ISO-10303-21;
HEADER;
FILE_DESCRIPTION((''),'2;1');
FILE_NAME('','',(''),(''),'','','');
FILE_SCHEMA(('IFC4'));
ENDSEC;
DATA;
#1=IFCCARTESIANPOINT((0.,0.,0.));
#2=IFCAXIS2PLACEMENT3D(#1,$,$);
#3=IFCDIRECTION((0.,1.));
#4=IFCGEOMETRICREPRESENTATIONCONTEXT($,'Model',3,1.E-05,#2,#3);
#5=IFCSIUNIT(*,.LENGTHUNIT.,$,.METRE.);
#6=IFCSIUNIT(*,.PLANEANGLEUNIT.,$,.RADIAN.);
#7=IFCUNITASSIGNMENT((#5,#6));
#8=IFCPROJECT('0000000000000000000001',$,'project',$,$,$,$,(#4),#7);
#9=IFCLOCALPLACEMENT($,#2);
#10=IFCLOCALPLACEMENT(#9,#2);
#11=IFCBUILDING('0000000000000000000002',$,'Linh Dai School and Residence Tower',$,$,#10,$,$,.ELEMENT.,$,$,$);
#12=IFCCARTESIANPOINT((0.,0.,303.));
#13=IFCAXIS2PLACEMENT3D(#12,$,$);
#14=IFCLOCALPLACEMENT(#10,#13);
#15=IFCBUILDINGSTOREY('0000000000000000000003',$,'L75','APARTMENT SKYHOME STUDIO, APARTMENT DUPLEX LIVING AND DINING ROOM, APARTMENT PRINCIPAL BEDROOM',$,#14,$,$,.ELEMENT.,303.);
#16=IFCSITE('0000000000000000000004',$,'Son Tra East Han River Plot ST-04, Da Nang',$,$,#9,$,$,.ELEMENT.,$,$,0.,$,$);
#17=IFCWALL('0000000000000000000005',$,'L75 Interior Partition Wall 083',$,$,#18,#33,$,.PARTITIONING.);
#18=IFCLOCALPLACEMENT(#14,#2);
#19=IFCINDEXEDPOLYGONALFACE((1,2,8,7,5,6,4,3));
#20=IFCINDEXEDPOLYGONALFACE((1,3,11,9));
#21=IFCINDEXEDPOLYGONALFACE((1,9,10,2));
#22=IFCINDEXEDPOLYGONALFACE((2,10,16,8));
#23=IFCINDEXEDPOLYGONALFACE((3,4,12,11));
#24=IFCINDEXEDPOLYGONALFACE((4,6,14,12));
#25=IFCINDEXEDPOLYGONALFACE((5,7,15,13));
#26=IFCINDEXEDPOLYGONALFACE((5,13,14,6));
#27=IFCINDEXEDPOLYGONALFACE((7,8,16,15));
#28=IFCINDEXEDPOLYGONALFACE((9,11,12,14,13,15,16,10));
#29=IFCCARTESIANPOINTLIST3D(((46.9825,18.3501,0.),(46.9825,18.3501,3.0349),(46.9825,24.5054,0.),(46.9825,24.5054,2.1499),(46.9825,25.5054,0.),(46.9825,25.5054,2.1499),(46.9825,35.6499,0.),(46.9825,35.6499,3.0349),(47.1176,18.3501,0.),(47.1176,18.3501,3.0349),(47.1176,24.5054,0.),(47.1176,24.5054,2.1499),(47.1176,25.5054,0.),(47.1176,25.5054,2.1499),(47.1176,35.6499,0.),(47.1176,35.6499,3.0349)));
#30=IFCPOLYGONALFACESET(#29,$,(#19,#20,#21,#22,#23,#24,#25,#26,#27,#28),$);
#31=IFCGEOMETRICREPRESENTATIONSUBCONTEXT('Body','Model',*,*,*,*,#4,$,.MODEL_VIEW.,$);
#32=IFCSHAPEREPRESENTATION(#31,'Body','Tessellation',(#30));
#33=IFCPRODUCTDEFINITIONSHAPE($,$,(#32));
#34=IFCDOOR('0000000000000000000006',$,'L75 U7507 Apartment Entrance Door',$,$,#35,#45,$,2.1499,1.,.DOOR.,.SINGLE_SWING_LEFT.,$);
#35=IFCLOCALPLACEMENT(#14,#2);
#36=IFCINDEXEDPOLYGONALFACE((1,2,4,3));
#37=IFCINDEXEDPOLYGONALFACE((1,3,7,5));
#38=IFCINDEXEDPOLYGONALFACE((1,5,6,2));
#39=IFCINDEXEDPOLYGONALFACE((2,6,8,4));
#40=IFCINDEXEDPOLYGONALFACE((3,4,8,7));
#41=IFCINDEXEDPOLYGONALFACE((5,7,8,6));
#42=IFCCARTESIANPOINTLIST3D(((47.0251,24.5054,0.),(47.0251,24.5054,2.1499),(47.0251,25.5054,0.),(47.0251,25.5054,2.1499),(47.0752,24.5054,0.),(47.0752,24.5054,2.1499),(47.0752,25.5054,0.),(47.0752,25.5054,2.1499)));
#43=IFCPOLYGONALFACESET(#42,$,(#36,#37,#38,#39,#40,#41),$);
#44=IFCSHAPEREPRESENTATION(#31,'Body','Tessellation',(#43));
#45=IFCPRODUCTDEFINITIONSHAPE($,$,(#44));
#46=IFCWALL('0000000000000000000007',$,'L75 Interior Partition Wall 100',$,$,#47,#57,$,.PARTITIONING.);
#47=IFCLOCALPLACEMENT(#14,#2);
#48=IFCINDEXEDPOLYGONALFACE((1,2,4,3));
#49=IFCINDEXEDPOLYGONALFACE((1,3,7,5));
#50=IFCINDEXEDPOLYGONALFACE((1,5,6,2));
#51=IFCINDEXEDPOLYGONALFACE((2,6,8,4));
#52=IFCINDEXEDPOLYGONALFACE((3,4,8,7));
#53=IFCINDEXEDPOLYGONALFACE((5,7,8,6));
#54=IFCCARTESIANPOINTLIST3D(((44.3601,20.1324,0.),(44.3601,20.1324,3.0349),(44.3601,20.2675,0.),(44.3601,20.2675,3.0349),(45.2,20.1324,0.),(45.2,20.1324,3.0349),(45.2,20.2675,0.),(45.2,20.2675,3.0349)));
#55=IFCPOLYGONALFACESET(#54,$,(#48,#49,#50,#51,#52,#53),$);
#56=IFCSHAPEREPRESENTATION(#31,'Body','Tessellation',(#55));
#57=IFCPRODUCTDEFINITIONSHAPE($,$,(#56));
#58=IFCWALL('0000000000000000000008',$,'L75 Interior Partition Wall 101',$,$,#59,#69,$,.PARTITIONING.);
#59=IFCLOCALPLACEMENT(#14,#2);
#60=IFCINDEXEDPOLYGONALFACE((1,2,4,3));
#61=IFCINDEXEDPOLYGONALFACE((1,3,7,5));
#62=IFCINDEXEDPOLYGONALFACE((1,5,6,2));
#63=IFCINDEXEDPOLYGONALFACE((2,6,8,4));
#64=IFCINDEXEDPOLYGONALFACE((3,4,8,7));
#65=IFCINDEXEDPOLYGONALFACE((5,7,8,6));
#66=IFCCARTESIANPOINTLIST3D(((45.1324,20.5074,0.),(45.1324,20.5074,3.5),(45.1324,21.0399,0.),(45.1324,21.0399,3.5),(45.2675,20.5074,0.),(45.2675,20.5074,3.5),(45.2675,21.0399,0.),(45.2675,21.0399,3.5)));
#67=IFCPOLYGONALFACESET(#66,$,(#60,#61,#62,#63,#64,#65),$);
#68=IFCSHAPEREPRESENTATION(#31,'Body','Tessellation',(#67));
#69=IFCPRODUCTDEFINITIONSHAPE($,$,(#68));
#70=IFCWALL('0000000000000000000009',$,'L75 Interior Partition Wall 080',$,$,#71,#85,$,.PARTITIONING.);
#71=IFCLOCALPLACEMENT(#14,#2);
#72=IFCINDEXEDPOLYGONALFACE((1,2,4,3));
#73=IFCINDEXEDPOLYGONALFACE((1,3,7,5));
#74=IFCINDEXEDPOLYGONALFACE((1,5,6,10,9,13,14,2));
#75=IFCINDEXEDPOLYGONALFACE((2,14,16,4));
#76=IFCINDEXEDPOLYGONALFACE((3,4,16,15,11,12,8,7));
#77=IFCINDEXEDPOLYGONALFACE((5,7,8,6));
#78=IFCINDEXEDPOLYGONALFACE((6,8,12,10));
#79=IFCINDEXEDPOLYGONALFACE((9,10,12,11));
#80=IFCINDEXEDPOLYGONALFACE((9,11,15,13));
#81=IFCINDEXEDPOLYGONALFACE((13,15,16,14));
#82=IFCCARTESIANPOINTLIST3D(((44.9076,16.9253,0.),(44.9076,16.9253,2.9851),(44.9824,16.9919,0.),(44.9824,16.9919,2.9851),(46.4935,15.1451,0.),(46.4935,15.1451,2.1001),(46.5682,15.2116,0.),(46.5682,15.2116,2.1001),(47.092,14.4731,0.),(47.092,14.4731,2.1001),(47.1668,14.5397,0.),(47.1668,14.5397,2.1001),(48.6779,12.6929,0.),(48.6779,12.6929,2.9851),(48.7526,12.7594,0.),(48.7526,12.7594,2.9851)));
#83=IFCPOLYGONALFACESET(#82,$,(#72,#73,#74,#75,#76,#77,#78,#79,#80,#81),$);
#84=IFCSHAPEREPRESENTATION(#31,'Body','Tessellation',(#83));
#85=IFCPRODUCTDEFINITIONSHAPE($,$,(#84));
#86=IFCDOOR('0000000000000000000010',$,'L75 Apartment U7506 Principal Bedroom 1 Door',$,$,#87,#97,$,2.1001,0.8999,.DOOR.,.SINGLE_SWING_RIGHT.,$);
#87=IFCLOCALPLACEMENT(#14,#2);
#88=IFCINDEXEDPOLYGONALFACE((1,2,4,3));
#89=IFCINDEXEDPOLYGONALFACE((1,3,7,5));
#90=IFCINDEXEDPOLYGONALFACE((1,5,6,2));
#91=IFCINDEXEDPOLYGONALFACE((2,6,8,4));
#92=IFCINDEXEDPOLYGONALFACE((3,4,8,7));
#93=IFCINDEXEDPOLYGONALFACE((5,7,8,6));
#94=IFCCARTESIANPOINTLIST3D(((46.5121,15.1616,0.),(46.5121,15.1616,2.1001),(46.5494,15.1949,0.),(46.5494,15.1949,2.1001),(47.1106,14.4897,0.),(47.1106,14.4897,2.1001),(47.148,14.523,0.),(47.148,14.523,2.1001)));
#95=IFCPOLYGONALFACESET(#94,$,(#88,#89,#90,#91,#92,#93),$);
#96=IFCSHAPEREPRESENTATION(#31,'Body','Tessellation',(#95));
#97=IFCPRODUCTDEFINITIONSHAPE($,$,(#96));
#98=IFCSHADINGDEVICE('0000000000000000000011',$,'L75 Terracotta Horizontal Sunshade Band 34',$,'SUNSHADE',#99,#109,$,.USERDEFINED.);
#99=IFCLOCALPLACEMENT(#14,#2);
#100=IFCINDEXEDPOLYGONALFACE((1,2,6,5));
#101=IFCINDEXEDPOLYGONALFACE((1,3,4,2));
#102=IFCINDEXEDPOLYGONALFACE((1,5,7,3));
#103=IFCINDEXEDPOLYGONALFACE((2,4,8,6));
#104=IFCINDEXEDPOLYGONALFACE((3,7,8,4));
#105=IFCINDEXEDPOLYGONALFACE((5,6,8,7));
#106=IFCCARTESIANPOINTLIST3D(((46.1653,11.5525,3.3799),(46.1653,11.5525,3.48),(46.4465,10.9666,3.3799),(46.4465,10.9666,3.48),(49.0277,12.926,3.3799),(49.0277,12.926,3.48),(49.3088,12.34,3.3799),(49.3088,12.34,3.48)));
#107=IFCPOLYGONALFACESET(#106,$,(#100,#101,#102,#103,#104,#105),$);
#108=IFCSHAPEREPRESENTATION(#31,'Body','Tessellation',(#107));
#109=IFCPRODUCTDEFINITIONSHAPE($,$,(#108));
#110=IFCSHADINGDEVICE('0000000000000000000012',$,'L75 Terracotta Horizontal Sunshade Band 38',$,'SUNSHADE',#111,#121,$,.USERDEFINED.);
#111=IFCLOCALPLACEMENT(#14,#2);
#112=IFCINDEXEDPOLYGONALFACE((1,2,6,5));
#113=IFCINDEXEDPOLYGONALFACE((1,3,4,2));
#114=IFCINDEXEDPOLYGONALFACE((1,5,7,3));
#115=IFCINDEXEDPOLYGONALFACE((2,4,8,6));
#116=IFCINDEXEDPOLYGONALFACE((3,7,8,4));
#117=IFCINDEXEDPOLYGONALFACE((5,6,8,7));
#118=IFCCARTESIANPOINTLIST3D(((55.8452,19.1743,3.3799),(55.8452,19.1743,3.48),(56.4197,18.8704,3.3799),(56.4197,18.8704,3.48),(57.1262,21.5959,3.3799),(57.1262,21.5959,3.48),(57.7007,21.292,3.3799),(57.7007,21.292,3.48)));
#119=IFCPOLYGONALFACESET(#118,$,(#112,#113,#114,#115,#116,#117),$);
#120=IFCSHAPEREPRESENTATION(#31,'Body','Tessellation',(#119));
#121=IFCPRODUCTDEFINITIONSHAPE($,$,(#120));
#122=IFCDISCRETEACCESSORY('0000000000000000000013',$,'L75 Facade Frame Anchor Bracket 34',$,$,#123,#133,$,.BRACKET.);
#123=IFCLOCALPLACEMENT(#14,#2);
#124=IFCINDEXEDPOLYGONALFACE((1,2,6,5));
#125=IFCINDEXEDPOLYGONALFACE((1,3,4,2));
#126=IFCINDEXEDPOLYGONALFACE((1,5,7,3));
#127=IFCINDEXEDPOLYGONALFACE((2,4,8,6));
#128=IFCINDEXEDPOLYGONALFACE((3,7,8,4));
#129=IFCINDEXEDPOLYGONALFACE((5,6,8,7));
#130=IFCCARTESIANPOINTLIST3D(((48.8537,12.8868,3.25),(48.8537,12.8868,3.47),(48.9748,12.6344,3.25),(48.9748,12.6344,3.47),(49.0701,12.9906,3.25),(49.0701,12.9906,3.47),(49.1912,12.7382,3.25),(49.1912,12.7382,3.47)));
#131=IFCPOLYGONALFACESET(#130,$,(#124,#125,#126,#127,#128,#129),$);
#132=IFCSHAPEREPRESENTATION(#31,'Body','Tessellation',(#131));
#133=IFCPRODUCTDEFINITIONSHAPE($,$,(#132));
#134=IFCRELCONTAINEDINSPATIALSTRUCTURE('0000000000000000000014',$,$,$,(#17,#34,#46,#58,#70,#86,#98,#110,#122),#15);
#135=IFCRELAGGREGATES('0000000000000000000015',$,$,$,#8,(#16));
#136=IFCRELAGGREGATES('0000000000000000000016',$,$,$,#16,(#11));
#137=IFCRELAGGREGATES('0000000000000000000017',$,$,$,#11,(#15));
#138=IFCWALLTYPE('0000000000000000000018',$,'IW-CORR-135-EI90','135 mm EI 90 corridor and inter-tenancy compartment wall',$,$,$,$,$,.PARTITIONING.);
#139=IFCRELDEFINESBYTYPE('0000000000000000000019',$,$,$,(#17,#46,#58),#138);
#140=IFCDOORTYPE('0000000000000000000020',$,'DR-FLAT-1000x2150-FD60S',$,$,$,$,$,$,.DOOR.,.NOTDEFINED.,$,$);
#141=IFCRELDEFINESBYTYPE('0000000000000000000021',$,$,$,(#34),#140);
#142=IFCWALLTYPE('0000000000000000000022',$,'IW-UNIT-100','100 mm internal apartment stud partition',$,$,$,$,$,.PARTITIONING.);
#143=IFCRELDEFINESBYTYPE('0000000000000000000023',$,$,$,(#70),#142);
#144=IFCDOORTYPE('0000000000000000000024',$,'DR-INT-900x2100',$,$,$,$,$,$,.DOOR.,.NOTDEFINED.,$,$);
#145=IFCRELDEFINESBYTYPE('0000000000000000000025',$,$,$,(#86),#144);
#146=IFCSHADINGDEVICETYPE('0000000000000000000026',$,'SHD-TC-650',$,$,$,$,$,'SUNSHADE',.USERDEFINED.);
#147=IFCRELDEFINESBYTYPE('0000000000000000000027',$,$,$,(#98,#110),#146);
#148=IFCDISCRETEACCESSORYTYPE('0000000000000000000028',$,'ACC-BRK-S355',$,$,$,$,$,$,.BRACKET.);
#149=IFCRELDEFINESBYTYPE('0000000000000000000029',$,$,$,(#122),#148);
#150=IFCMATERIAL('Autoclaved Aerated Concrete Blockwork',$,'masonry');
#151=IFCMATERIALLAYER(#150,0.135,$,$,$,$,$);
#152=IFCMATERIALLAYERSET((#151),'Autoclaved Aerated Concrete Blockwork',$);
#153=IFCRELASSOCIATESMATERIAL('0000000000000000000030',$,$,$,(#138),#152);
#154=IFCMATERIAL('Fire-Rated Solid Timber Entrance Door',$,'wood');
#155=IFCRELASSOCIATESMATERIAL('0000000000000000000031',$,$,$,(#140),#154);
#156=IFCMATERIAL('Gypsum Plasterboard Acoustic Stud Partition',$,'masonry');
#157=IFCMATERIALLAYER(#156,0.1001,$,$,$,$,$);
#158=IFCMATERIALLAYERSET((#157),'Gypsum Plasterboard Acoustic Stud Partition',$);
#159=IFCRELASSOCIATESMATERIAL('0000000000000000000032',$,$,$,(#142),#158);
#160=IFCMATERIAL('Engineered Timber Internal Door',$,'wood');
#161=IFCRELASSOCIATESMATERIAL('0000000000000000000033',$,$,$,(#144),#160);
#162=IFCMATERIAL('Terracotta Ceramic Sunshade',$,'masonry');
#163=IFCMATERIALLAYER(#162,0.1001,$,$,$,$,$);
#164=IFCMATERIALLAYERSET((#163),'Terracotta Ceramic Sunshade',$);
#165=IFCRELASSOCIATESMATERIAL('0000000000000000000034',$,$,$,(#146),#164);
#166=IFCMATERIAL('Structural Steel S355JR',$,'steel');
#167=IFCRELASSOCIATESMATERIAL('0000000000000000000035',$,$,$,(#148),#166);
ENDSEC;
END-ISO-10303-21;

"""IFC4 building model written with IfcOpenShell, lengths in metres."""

from ifc_helpers import new_model, si_unit, direction, frame, frame_2d, origin, origin_2d, place, context, subcontext, project, spatial, rectangle, extrude, source, transform, mapped, material, layer, layer_set, type_object, element, fill, save


model = new_model("IFC4")

# Units and contexts
model_context = context("Model", 3, precision=1e-05, world=origin(), true_north=direction((0.0, 1.0)))
body_context = subcontext(model_context, "Body", "Model", "MODEL_VIEW")
ifc_project = project(units=[si_unit("LENGTHUNIT", "METRE"), si_unit("PLANEANGLEUNIT", "RADIAN")], contexts=[model_context])

# Site, building, storey
site_placement = place(None, origin())
site = spatial("IfcSite", under=ifc_project, at=site_placement, Name="Son Tra East Han River Plot ST-04, Da Nang", CompositionType="ELEMENT", RefElevation=0.0)
building_placement = place(site_placement, origin())
building = spatial("IfcBuilding", under=site, at=building_placement, Name="Linh Dai School and Residence Tower", CompositionType="ELEMENT")
storey_placement = place(building_placement, frame((0.0, 0.0, 303.0)))
storey = spatial("IfcBuildingStorey", under=building, at=storey_placement, Name="L75", Description="APARTMENT SKYHOME STUDIO, APARTMENT DUPLEX LIVING AND DINING ROOM, APARTMENT PRINCIPAL BEDROOM", CompositionType="ELEMENT", Elevation=303.0)

# Shared definitions
ifc_material_1 = material(Name="Structural Steel S355JR", Category="steel")

# Wall, opening, door
ifc_material_2 = material(Name="Autoclaved Aerated Concrete Blockwork", Category="masonry")
ifc_layer_1 = layer(ifc_material_2, 0.135)
ifc_layer_set_1 = layer_set([ifc_layer_1], Name="Autoclaved Aerated Concrete Blockwork")
wall_type_1 = type_object("IfcWallType", Name="IW-CORR-135-EI90", Description="135 mm EI 90 corridor and inter-tenancy compartment wall", PredefinedType="PARTITIONING", material=ifc_layer_set_1)
wall_1_placement = place(storey_placement, frame((47.05, 18.3501, 0.0), z_axis=(0.0, 0.0, 1.0), x_axis=(0.0, 1.0, 0.0)))
wall_1 = element("IfcWall", 1, at=wall_1_placement, inside=storey, type_object=wall_type_1, Name="L75 Interior Partition Wall 083", PredefinedType="PARTITIONING", context=body_context, shape_type="SweptSolid", body=[
    extrude(rectangle(XDim=17.2998, YDim=0.135, at=frame_2d((8.6499, 0.0))), origin(), (0.0, 0.0, 1.0), 3.0349),
])
opening_1_placement = place(wall_1_placement, frame((6.1553, 0.0, 0.0)))
opening_1 = element("IfcOpeningElement", 2, at=opening_1_placement, cuts=wall_1, PredefinedType="OPENING", context=body_context, shape_type="SweptSolid", body=[
    extrude(rectangle(XDim=1.0, YDim=2.1499, at=origin_2d()), frame((0.5, 0.0776, 1.075), z_axis=(0.0, -1.0, 0.0), x_axis=(1.0, 0.0, 0.0)), (0.0, 0.0, 1.0), 0.155),
])
ifc_material_3 = material(Name="Fire-Rated Solid Timber Entrance Door", Category="wood")
door_type_1 = type_object("IfcDoorType", Name="DR-FLAT-1000x2150-FD60S", OperationType="NOTDEFINED", PredefinedType="DOOR", material=ifc_material_3)
shared_shape_1 = source(origin(), body_context, "Body", "SweptSolid", [
    extrude(rectangle(XDim=1.0, YDim=2.1499, at=origin_2d()), frame((0.5, 0.0249, 1.075), z_axis=(0.0, -1.0, 0.0), x_axis=(1.0, 0.0, 0.0)), (0.0, 0.0, 1.0), 0.05),
])
door_1_placement = place(opening_1_placement, origin())
door_1 = element("IfcDoor", 3, at=door_1_placement, inside=storey, type_object=door_type_1, Name="L75 U7507 Apartment Entrance Door", OperationType="SINGLE_SWING_LEFT", OverallHeight=2.1499, OverallWidth=1.0, PredefinedType="DOOR", context=body_context, shape_type="MappedRepresentation", body=[
    mapped(shared_shape_1, transform((0.0, 0.0, 0.0), x_axis=(1.0, 0.0, 0.0), y_axis=(0.0, 1.0, 0.0), z_axis=(0.0, 0.0, 1.0), scale=1.0)),
])
fill(opening_1, door_1)

# Walls
wall_2_placement = place(storey_placement, frame((44.3601, 20.2, 0.0), z_axis=(0.0, 0.0, 1.0), x_axis=(1.0, 0.0, 0.0)))
element("IfcWall", 4, at=wall_2_placement, inside=storey, type_object=wall_type_1, Name="L75 Interior Partition Wall 100", PredefinedType="PARTITIONING", context=body_context, shape_type="SweptSolid", body=[
    extrude(rectangle(XDim=0.8398, YDim=0.135, at=frame_2d((0.4199, 0.0))), origin(), (0.0, 0.0, 1.0), 3.0349),
])
wall_3_placement = place(storey_placement, frame((45.2, 20.5076, 0.0), z_axis=(0.0, 0.0, 1.0), x_axis=(0.0, 1.0, 0.0)))
element("IfcWall", 5, at=wall_3_placement, inside=storey, type_object=wall_type_1, Name="L75 Interior Partition Wall 101", PredefinedType="PARTITIONING", context=body_context, shape_type="SweptSolid", body=[
    extrude(rectangle(XDim=0.5325, YDim=0.135, at=frame_2d((0.2661, 0.0))), origin(), (0.0, 0.0, 1.0), 3.5),
])

# Wall, opening, door
ifc_material_4 = material(Name="Gypsum Plasterboard Acoustic Stud Partition", Category="masonry")
ifc_layer_2 = layer(ifc_material_4, 0.1001)
ifc_layer_set_2 = layer_set([ifc_layer_2], Name="Gypsum Plasterboard Acoustic Stud Partition")
wall_type_2 = type_object("IfcWallType", Name="IW-UNIT-100", Description="100 mm internal apartment stud partition", PredefinedType="PARTITIONING", material=ifc_layer_set_2)
wall_4_placement = place(storey_placement, frame((44.9451, 16.9585, 0.0), z_axis=(0.0, 0.0, 1.0), x_axis=(0.665163, -0.746698, 0.0)))
wall_4 = element("IfcWall", 6, at=wall_4_placement, inside=storey, type_object=wall_type_2, Name="L75 Interior Partition Wall 080", PredefinedType="PARTITIONING", context=body_context, shape_type="SweptSolid", body=[
    extrude(rectangle(XDim=5.6682, YDim=0.1001, at=frame_2d((2.834, 0.0))), origin(), (0.0, 0.0, 1.0), 2.9851),
])
opening_2_placement = place(wall_4_placement, frame((2.384, 0.0, 0.0)))
opening_2 = element("IfcOpeningElement", 7, at=opening_2_placement, cuts=wall_4, PredefinedType="OPENING", context=body_context, shape_type="SweptSolid", body=[
    extrude(rectangle(XDim=0.8999, YDim=2.1001, at=origin_2d()), frame((0.45, 0.0601, 1.05), z_axis=(0.0, -1.0, 0.0), x_axis=(1.0, 0.0, 0.0)), (0.0, 0.0, 1.0), 0.1201),
])
ifc_material_5 = material(Name="Engineered Timber Internal Door", Category="wood")
door_type_2 = type_object("IfcDoorType", Name="DR-INT-900x2100", OperationType="NOTDEFINED", PredefinedType="DOOR", material=ifc_material_5)
shared_shape_2 = source(origin(), body_context, "Body", "SweptSolid", [
    extrude(rectangle(XDim=0.8999, YDim=2.1001, at=origin_2d()), frame((0.45, 0.0249, 1.05), z_axis=(0.0, -1.0, 0.0), x_axis=(1.0, 0.0, 0.0)), (0.0, 0.0, 1.0), 0.05),
])
door_2_placement = place(opening_2_placement, origin())
door_2 = element("IfcDoor", 8, at=door_2_placement, inside=storey, type_object=door_type_2, Name="L75 Apartment U7506 Principal Bedroom 1 Door", OperationType="SINGLE_SWING_RIGHT", OverallHeight=2.1001, OverallWidth=0.8999, PredefinedType="DOOR", context=body_context, shape_type="MappedRepresentation", body=[
    mapped(shared_shape_2, transform((0.0, 0.0, 0.0), x_axis=(1.0, 0.0, 0.0), y_axis=(0.0, 1.0, 0.0), z_axis=(0.0, 0.0, 1.0), scale=1.0)),
])
fill(opening_2, door_2)

# Shading devices
ifc_material_6 = material(Name="Terracotta Ceramic Sunshade", Category="masonry")
ifc_layer_3 = layer(ifc_material_6, 0.1001)
ifc_layer_set_3 = layer_set([ifc_layer_3], Name="Terracotta Ceramic Sunshade")
shading_device_type = type_object("IfcShadingDeviceType", Name="SHD-TC-650", ElementType="SUNSHADE", PredefinedType="USERDEFINED", material=ifc_layer_set_3)
shared_shape_3 = source(origin(), body_context, "Body", "SweptSolid", [
    extrude(rectangle(XDim=3.1748, YDim=0.6499, at=origin_2d()), origin(), (0.0, 0.0, 1.0), 0.1001),
])
shading_device_1_placement = place(storey_placement, frame((47.7371, 11.9463, 3.3799), z_axis=(0.0, 0.0, 1.0), x_axis=(-0.90158, -0.432612, 0.0)))
element("IfcShadingDevice", 9, at=shading_device_1_placement, inside=storey, type_object=shading_device_type, Name="L75 Terracotta Horizontal Sunshade Band 34", ObjectType="SUNSHADE", PredefinedType="USERDEFINED", context=body_context, shape_type="MappedRepresentation", body=[
    mapped(shared_shape_3, transform((0.0, 0.0, 0.0), x_axis=(1.0, 0.0, 0.0), y_axis=(0.0, 1.0, 0.0), z_axis=(0.0, 0.0, 1.0), scale=1.0)),
])
shared_shape_4 = source(origin(), body_context, "Body", "SweptSolid", [
    extrude(rectangle(XDim=2.7395, YDim=0.6499, at=origin_2d()), origin(), (0.0, 0.0, 1.0), 0.1001),
])
shading_device_2_placement = place(storey_placement, frame((56.7729, 20.2332, 3.3799), z_axis=(0.0, 0.0, 1.0), x_axis=(-0.467604, -0.883938, 0.0)))
element("IfcShadingDevice", 10, at=shading_device_2_placement, inside=storey, type_object=shading_device_type, Name="L75 Terracotta Horizontal Sunshade Band 38", ObjectType="SUNSHADE", PredefinedType="USERDEFINED", context=body_context, shape_type="MappedRepresentation", body=[
    mapped(shared_shape_4, transform((0.0, 0.0, 0.0), x_axis=(1.0, 0.0, 0.0), y_axis=(0.0, 1.0, 0.0), z_axis=(0.0, 0.0, 1.0), scale=1.0)),
])

# Discrete accessory
discrete_accessory_type = type_object("IfcDiscreteAccessoryType", Name="ACC-BRK-S355", PredefinedType="BRACKET", material=ifc_material_1)
shared_shape_5 = source(origin(), body_context, "Body", "SweptSolid", [
    extrude(rectangle(XDim=0.28, YDim=0.24, at=origin_2d()), origin(), (0.0, 0.0, 1.0), 0.22),
])
discrete_accessory_placement = place(storey_placement, frame((49.0225, 12.8125, 3.25), z_axis=(0.0, 0.0, 1.0), x_axis=(0.432612, -0.90158, 0.0)))
element("IfcDiscreteAccessory", 11, at=discrete_accessory_placement, inside=storey, type_object=discrete_accessory_type, Name="L75 Facade Frame Anchor Bracket 34", PredefinedType="BRACKET", context=body_context, shape_type="MappedRepresentation", body=[
    mapped(shared_shape_5, transform((0.0, 0.0, 0.0), x_axis=(1.0, 0.0, 0.0), y_axis=(0.0, 1.0, 0.0), z_axis=(0.0, 0.0, 1.0), scale=1.0)),
])

save(model, "model.ifc")
